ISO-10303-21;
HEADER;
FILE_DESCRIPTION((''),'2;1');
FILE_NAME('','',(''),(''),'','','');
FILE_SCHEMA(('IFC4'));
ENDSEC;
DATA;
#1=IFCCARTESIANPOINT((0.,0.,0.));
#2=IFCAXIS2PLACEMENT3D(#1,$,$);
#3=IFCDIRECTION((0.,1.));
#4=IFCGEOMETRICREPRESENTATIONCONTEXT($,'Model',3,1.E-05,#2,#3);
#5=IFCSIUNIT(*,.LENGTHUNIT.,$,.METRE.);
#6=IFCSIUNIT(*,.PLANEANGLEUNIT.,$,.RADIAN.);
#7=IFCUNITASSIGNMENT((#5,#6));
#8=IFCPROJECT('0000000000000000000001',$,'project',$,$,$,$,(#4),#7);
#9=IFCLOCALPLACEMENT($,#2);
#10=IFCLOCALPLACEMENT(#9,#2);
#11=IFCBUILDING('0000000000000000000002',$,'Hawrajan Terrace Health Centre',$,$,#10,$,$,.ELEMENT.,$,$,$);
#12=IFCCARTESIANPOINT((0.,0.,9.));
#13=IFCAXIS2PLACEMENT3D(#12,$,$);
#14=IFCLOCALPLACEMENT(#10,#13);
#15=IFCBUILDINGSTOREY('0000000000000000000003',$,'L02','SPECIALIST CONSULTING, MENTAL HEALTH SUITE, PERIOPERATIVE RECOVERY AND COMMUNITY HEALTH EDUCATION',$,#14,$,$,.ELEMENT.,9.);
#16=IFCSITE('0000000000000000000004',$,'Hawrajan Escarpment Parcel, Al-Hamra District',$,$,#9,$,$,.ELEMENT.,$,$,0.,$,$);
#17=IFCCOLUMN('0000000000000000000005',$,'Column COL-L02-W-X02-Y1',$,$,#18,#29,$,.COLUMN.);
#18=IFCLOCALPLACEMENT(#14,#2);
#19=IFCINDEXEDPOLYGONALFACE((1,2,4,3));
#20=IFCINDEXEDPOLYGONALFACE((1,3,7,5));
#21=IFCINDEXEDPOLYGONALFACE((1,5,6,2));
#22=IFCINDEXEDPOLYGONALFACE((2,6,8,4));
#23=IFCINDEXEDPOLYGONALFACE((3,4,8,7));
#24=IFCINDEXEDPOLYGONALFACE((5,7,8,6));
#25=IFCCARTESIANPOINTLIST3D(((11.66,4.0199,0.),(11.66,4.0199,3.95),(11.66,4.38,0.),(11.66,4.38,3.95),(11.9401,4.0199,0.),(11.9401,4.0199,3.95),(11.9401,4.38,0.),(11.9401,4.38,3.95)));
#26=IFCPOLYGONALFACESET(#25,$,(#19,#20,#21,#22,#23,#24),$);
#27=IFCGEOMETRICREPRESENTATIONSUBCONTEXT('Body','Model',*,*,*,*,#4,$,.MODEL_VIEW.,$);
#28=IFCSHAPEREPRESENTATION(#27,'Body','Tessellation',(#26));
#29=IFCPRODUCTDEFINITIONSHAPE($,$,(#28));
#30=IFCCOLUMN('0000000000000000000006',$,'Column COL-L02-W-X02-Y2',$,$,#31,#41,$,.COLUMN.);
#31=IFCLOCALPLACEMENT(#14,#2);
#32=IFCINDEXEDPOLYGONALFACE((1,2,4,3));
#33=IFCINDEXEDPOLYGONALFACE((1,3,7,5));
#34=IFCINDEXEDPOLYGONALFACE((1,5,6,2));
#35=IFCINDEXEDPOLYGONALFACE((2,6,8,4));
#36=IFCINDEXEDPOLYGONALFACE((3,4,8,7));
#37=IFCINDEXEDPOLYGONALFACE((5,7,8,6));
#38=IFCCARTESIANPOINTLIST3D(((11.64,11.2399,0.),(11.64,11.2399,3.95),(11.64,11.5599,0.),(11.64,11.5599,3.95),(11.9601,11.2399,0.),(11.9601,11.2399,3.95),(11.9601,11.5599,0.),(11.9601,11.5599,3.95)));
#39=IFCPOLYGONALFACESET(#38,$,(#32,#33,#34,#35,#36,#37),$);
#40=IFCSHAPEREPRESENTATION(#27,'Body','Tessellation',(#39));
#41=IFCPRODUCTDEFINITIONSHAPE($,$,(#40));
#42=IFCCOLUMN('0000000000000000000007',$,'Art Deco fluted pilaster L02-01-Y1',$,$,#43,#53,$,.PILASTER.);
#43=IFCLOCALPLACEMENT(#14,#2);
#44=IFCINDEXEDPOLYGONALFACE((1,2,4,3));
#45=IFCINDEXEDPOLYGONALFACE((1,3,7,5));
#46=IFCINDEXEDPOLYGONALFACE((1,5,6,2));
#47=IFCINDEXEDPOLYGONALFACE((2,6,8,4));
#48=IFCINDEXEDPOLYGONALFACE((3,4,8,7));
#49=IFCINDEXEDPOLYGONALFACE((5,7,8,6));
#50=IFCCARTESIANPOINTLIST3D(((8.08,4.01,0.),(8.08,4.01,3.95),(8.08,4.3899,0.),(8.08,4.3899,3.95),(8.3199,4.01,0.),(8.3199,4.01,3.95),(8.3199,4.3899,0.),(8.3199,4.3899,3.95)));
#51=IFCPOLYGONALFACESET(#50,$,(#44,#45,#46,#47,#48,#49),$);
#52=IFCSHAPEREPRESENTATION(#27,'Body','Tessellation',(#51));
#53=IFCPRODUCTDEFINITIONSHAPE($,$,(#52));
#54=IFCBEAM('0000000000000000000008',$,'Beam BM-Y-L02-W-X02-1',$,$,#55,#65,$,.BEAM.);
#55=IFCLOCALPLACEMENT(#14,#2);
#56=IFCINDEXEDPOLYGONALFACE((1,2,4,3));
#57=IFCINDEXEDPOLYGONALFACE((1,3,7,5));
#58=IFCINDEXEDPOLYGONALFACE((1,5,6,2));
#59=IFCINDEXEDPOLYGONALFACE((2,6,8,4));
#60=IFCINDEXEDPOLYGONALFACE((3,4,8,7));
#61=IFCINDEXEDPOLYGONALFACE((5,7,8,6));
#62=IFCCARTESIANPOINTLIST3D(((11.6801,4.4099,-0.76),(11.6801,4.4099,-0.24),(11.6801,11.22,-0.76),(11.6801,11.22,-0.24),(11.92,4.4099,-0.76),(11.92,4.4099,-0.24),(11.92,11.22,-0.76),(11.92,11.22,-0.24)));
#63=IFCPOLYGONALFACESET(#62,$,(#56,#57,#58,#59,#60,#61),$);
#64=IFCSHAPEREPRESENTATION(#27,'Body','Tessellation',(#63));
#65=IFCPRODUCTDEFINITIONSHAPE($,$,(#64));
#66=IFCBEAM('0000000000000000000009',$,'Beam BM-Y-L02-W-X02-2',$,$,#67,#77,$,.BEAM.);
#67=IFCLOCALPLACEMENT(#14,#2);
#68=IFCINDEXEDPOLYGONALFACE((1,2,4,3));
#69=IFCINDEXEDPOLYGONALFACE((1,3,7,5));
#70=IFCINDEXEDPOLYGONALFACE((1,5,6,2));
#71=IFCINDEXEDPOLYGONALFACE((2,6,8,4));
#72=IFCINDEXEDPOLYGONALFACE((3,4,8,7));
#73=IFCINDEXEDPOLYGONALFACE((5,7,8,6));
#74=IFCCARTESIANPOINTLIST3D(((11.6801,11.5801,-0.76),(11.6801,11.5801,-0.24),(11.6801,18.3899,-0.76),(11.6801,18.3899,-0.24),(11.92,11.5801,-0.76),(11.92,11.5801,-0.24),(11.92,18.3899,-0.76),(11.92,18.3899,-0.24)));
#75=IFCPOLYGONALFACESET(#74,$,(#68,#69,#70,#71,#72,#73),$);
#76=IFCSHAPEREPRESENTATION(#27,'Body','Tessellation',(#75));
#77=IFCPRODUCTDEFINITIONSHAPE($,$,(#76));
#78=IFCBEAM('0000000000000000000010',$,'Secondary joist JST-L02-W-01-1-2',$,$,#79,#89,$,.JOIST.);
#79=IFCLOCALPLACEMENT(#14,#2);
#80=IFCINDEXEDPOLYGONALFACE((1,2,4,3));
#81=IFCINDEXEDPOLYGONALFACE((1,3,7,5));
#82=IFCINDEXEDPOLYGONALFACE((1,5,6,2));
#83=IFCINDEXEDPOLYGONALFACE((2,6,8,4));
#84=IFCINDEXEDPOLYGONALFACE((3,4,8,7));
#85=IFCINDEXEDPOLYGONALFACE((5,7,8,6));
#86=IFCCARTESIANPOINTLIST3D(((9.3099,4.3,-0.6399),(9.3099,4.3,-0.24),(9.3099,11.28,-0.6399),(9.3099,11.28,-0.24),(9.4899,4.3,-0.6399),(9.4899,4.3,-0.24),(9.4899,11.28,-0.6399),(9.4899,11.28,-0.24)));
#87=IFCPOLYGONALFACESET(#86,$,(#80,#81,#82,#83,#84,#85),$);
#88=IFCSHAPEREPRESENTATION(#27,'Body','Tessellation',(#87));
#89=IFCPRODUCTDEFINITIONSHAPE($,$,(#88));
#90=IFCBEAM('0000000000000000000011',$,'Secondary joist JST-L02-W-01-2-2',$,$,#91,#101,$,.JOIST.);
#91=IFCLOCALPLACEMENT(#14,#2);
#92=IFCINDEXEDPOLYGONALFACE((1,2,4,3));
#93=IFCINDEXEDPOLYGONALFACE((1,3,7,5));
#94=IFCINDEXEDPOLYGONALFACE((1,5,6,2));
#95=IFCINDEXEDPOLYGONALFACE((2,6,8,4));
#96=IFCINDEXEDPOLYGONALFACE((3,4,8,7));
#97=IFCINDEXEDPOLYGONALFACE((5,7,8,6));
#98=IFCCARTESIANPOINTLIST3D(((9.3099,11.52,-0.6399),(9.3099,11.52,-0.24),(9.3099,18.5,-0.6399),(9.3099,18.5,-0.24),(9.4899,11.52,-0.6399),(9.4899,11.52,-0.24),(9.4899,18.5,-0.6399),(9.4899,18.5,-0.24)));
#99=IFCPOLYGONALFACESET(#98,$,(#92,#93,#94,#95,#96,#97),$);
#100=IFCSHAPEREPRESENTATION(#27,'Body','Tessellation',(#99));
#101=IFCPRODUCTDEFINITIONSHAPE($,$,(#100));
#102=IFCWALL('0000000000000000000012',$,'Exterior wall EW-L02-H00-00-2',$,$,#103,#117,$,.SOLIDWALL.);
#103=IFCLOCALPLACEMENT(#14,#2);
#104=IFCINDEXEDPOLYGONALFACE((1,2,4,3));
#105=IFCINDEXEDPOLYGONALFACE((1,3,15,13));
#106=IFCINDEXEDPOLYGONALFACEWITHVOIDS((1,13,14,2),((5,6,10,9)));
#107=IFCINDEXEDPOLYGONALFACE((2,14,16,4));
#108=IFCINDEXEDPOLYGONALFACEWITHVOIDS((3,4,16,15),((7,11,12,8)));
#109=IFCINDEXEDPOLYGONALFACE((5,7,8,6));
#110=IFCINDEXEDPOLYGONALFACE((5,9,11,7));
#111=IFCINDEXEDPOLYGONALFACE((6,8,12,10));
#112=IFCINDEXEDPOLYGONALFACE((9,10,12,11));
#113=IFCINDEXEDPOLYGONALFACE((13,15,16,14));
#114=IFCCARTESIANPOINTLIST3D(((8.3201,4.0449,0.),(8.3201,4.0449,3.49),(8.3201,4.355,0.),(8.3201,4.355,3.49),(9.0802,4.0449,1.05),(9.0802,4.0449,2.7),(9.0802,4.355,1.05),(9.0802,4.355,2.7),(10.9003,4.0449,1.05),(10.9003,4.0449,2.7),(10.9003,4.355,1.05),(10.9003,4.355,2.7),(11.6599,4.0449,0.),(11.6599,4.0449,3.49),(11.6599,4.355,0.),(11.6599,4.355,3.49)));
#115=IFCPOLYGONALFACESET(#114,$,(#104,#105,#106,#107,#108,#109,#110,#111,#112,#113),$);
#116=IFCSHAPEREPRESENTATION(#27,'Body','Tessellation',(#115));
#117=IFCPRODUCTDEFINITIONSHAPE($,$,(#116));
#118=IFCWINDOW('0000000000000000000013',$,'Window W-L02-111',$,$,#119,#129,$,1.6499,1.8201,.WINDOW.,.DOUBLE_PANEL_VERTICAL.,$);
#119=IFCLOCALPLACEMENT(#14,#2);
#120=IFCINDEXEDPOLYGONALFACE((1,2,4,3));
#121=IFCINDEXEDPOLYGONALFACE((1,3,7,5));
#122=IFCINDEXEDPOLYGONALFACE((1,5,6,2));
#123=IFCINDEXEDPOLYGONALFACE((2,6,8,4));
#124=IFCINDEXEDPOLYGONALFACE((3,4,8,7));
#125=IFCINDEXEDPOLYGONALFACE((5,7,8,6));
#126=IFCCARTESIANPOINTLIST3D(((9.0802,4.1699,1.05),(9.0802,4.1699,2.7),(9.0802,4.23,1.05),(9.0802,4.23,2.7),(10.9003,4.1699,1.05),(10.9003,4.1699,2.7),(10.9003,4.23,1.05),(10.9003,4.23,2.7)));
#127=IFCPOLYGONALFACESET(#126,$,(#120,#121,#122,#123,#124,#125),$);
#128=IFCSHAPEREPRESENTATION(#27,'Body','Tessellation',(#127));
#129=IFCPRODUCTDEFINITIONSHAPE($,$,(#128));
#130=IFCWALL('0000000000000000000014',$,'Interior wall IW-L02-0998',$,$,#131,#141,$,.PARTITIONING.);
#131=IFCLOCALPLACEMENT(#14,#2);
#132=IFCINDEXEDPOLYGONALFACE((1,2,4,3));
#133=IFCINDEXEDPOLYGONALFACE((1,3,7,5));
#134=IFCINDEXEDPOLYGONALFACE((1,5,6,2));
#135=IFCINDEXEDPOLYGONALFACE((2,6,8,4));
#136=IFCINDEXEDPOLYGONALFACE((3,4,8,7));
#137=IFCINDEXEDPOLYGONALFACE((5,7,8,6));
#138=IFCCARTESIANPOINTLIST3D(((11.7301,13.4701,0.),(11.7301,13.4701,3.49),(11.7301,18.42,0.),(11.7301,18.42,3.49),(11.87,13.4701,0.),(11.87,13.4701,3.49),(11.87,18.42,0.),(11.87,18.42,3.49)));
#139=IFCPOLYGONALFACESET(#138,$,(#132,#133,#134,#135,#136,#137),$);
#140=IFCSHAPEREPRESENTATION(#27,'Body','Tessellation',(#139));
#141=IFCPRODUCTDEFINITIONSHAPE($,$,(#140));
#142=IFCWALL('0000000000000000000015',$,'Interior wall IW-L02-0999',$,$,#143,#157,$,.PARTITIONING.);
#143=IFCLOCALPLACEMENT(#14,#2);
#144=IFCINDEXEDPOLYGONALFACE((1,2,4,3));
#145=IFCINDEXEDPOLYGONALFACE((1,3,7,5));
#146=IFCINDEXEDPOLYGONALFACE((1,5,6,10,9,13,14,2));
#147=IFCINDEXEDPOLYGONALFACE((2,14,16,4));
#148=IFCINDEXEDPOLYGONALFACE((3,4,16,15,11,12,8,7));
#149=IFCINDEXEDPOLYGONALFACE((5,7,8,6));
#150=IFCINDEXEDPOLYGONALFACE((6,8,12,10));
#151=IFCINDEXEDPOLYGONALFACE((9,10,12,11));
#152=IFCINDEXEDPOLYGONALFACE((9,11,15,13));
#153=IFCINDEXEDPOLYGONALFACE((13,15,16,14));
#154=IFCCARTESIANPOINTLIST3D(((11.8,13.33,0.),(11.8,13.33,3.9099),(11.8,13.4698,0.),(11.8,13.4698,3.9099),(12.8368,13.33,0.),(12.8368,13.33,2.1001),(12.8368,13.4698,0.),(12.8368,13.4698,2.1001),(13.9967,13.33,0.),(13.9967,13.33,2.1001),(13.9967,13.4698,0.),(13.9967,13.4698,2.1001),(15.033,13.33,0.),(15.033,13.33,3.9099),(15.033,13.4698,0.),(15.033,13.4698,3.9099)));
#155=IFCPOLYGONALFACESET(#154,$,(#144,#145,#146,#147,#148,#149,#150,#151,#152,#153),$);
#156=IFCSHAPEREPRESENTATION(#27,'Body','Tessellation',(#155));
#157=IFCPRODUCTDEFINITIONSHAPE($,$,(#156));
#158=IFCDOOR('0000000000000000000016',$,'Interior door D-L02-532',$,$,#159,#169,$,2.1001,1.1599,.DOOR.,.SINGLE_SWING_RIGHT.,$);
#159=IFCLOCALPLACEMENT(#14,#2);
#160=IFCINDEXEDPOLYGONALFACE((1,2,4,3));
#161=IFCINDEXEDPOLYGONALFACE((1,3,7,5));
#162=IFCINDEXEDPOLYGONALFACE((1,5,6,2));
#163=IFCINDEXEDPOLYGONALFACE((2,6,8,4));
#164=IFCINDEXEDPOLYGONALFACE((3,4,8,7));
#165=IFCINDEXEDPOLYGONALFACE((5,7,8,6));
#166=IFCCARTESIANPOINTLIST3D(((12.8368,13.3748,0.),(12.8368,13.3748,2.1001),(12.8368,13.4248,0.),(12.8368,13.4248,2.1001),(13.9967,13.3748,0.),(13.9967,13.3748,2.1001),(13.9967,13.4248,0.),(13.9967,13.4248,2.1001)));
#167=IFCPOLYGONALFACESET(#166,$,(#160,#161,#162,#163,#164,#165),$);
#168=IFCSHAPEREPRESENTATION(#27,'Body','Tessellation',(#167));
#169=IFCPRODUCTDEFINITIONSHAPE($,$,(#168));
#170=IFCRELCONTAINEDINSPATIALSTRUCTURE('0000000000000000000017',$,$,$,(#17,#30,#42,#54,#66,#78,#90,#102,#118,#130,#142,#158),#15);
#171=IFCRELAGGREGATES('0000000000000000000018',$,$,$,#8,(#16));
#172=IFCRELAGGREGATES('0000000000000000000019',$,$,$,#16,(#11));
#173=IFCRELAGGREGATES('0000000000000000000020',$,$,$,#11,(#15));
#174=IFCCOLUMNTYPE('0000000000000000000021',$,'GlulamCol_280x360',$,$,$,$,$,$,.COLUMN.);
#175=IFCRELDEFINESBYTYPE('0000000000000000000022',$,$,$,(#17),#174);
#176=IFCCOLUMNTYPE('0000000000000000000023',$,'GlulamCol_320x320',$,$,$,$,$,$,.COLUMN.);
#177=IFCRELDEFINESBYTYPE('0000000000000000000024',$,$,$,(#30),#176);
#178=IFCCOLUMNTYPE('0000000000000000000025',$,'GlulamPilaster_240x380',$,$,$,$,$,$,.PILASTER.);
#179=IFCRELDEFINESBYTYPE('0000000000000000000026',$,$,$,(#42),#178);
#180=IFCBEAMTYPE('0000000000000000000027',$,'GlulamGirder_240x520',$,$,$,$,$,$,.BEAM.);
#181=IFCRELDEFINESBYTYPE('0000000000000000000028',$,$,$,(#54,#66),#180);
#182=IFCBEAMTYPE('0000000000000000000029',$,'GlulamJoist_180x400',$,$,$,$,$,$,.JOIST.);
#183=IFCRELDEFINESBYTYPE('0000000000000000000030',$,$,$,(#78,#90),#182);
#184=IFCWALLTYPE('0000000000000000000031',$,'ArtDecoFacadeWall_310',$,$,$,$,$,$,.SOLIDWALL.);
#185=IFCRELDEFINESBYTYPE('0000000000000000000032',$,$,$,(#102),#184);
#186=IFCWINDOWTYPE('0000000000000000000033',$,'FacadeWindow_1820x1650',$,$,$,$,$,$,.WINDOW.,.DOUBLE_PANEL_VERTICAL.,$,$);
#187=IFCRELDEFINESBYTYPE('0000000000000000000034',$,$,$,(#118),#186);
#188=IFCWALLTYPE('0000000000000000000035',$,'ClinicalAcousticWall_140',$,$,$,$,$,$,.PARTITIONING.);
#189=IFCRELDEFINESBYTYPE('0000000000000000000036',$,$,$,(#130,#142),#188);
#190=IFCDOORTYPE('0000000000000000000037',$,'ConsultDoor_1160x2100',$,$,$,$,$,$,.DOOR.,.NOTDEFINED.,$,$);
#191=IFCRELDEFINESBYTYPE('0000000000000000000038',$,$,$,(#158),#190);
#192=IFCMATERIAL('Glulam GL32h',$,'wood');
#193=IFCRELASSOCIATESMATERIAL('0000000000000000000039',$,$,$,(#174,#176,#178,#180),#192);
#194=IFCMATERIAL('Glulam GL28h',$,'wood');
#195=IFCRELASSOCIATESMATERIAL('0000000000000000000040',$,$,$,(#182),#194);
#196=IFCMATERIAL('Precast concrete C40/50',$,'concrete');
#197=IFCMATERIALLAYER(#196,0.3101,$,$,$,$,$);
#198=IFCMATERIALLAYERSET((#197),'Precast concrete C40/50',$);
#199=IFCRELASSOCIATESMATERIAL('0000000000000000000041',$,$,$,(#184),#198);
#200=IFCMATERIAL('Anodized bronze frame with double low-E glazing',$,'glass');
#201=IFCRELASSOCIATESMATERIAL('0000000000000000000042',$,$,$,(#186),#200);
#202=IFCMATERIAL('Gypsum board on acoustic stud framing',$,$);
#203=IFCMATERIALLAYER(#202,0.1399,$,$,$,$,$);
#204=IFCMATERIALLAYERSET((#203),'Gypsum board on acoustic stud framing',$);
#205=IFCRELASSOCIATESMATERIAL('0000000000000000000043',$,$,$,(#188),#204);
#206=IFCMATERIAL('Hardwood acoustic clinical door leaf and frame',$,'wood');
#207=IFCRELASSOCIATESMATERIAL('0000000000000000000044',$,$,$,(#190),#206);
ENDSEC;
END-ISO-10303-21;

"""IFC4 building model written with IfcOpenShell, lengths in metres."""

from ifc_helpers import new_model, si_unit, direction, frame, frame_2d, origin, origin_2d, place, context, subcontext, project, spatial, rectangle, extrude, material, layer, layer_set, material_profile, profile_set, type_object, element, fill, save


model = new_model("IFC4")

# Units and contexts
model_context = context("Model", 3, precision=1e-05, world=origin(), true_north=direction((0.0, 1.0)))
body_context = subcontext(model_context, "Body", "Model", "MODEL_VIEW")
ifc_project = project(units=[si_unit("LENGTHUNIT", "METRE"), si_unit("PLANEANGLEUNIT", "RADIAN")], contexts=[model_context])

# Site, building, storey
site_placement = place(None, origin())
site = spatial("IfcSite", under=ifc_project, at=site_placement, Name="Hawrajan Escarpment Parcel, Al-Hamra District", CompositionType="ELEMENT", RefElevation=0.0)
building_placement = place(site_placement, origin())
building = spatial("IfcBuilding", under=site, at=building_placement, Name="Hawrajan Terrace Health Centre", CompositionType="ELEMENT")
storey_placement = place(building_placement, frame((0.0, 0.0, 9.0)))
storey = spatial("IfcBuildingStorey", under=building, at=storey_placement, Name="L02", Description="SPECIALIST CONSULTING, MENTAL HEALTH SUITE, PERIOPERATIVE RECOVERY AND COMMUNITY HEALTH EDUCATION", CompositionType="ELEMENT", Elevation=9.0)

# Columns
ifc_material_1 = material(Name="Glulam GL32h", Category="wood")
ifc_material_profile_1 = material_profile(ifc_material_1, rectangle(XDim=0.28, YDim=0.3601, at=origin_2d()), Name="GL 280x360")
ifc_profile_set_1 = profile_set([ifc_material_profile_1], Name="Glulam GL32h")
column_type_1 = type_object("IfcColumnType", Name="GlulamCol_280x360", PredefinedType="COLUMN", material=ifc_profile_set_1)
column_1_placement = place(storey_placement, frame((11.8, 4.2, 0.0), z_axis=(0.0, 0.0, 1.0), x_axis=(1.0, 0.0, 0.0)))
element("IfcColumn", 1, at=column_1_placement, inside=storey, type_object=column_type_1, Name="Column COL-L02-W-X02-Y1", PredefinedType="COLUMN", context=body_context, shape_type="SweptSolid", body=[
    extrude(rectangle(XDim=0.28, YDim=0.3601, at=origin_2d()), origin(), (0.0, 0.0, 1.0), 3.95),
])
ifc_material_profile_2 = material_profile(ifc_material_1, rectangle(XDim=0.3201, YDim=0.3201, at=origin_2d()), Name="GL 320x320")
ifc_profile_set_2 = profile_set([ifc_material_profile_2], Name="Glulam GL32h")
column_type_2 = type_object("IfcColumnType", Name="GlulamCol_320x320", PredefinedType="COLUMN", material=ifc_profile_set_2)
column_2_placement = place(storey_placement, frame((11.8, 11.3999, 0.0), z_axis=(0.0, 0.0, 1.0), x_axis=(1.0, 0.0, 0.0)))
element("IfcColumn", 2, at=column_2_placement, inside=storey, type_object=column_type_2, Name="Column COL-L02-W-X02-Y2", PredefinedType="COLUMN", context=body_context, shape_type="SweptSolid", body=[
    extrude(rectangle(XDim=0.3201, YDim=0.3201, at=origin_2d()), origin(), (0.0, 0.0, 1.0), 3.95),
])
ifc_material_profile_3 = material_profile(ifc_material_1, rectangle(XDim=0.24, YDim=0.3799, at=origin_2d()), Name="GL PIL 240x380")
ifc_profile_set_3 = profile_set([ifc_material_profile_3], Name="Glulam GL32h")
column_type_3 = type_object("IfcColumnType", Name="GlulamPilaster_240x380", PredefinedType="PILASTER", material=ifc_profile_set_3)
column_3_placement = place(storey_placement, frame((8.2, 4.2, 0.0), z_axis=(0.0, 0.0, 1.0), x_axis=(1.0, 0.0, 0.0)))
element("IfcColumn", 3, at=column_3_placement, inside=storey, type_object=column_type_3, Name="Art Deco fluted pilaster L02-01-Y1", PredefinedType="PILASTER", context=body_context, shape_type="SweptSolid", body=[
    extrude(rectangle(XDim=0.24, YDim=0.3799, at=origin_2d()), origin(), (0.0, 0.0, 1.0), 3.95),
])

# Beams
ifc_material_profile_4 = material_profile(ifc_material_1, rectangle(XDim=0.24, YDim=0.52, at=origin_2d()), Name="GL BM 240x520")
ifc_profile_set_4 = profile_set([ifc_material_profile_4], Name="Glulam GL32h")
beam_type_1 = type_object("IfcBeamType", Name="GlulamGirder_240x520", PredefinedType="BEAM", material=ifc_profile_set_4)
beam_1_placement = place(storey_placement, frame((11.8, 4.4099, -0.5), z_axis=(0.0, 1.0, 0.0), x_axis=(-1.0, 0.0, 0.0)))
element("IfcBeam", 4, at=beam_1_placement, inside=storey, type_object=beam_type_1, Name="Beam BM-Y-L02-W-X02-1", PredefinedType="BEAM", context=body_context, shape_type="SweptSolid", body=[
    extrude(rectangle(XDim=0.24, YDim=0.52, at=origin_2d()), origin(), (0.0, 0.0, 1.0), 6.8101),
])
beam_2_placement = place(storey_placement, frame((11.8, 11.5801, -0.5), z_axis=(0.0, 1.0, 0.0), x_axis=(-1.0, 0.0, 0.0)))
element("IfcBeam", 5, at=beam_2_placement, inside=storey, type_object=beam_type_1, Name="Beam BM-Y-L02-W-X02-2", PredefinedType="BEAM", context=body_context, shape_type="SweptSolid", body=[
    extrude(rectangle(XDim=0.24, YDim=0.52, at=origin_2d()), origin(), (0.0, 0.0, 1.0), 6.8098),
])
ifc_material_2 = material(Name="Glulam GL28h", Category="wood")
ifc_material_profile_5 = material_profile(ifc_material_2, rectangle(XDim=0.1799, YDim=0.3999, at=origin_2d()), Name="GL JST 180x400")
ifc_profile_set_5 = profile_set([ifc_material_profile_5], Name="Glulam GL28h")
beam_type_2 = type_object("IfcBeamType", Name="GlulamJoist_180x400", PredefinedType="JOIST", material=ifc_profile_set_5)
for number, where, z_axis, x_axis, name in (
    (6, (9.3999, 4.3, -0.4399), (0.0, 1.0, 0.0), (-1.0, 0.0, 0.0), "Secondary joist JST-L02-W-01-1-2"),
    (7, (9.3999, 11.52, -0.4399), (0.0, 1.0, 0.0), (-1.0, 0.0, 0.0), "Secondary joist JST-L02-W-01-2-2"),
):
    element("IfcBeam", number, at=place(storey_placement, frame(where, z_axis=z_axis, x_axis=x_axis)), inside=storey, type_object=beam_type_2, Name=name, PredefinedType="JOIST", context=body_context, shape_type="SweptSolid", body=[
        extrude(rectangle(XDim=0.1799, YDim=0.3999, at=origin_2d()), origin(), (0.0, 0.0, 1.0), 6.98),
    ])

# Wall, opening, window
ifc_material_3 = material(Name="Precast concrete C40/50", Category="concrete")
ifc_layer_1 = layer(ifc_material_3, 0.3101)
ifc_layer_set_1 = layer_set([ifc_layer_1], Name="Precast concrete C40/50")
wall_type_1 = type_object("IfcWallType", Name="ArtDecoFacadeWall_310", PredefinedType="SOLIDWALL", material=ifc_layer_set_1)
wall_1_placement = place(storey_placement, frame((8.3201, 4.2, 0.0), z_axis=(0.0, 0.0, 1.0), x_axis=(1.0, 0.0, 0.0)))
wall_1 = element("IfcWall", 8, at=wall_1_placement, inside=storey, type_object=wall_type_1, Name="Exterior wall EW-L02-H00-00-2", PredefinedType="SOLIDWALL", context=body_context, shape_type="SweptSolid", body=[
    extrude(rectangle(XDim=3.3398, YDim=0.3101, at=frame_2d((1.6699, 0.0))), origin(), (0.0, 0.0, 1.0), 3.49),
])
opening_1_placement = place(wall_1_placement, frame((0.76, 0.0, 1.05)))
opening_1 = element("IfcOpeningElement", 9, at=opening_1_placement, cuts=wall_1, PredefinedType="OPENING", context=body_context, shape_type="SweptSolid", body=[
    extrude(rectangle(XDim=1.8201, YDim=1.6499, at=frame_2d((0.9102, 0.825))), frame((0.0, 0.165, 0.0), z_axis=(0.0, -1.0, 0.0), x_axis=(1.0, 0.0, 0.0)), (0.0, 0.0, 1.0), 0.3301),
])
ifc_material_4 = material(Name="Anodized bronze frame with double low-E glazing", Category="glass")
window_type = type_object("IfcWindowType", Name="FacadeWindow_1820x1650", PartitioningType="DOUBLE_PANEL_VERTICAL", PredefinedType="WINDOW", material=ifc_material_4)
window_placement = place(opening_1_placement, origin())
window = element("IfcWindow", 10, at=window_placement, inside=storey, type_object=window_type, Name="Window W-L02-111", OverallHeight=1.6499, OverallWidth=1.8201, PartitioningType="DOUBLE_PANEL_VERTICAL", PredefinedType="WINDOW", context=body_context, shape_type="SweptSolid", body=[
    extrude(rectangle(XDim=1.8201, YDim=1.6499, at=frame_2d((0.9102, 0.825))), frame((0.0, 0.03, 0.0), z_axis=(0.0, -1.0, 0.0), x_axis=(1.0, 0.0, 0.0)), (0.0, 0.0, 1.0), 0.0601),
])
fill(opening_1, window)

# Wall
ifc_material_5 = material(Name="Gypsum board on acoustic stud framing")
ifc_layer_2 = layer(ifc_material_5, 0.1399)
ifc_layer_set_2 = layer_set([ifc_layer_2], Name="Gypsum board on acoustic stud framing")
wall_type_2 = type_object("IfcWallType", Name="ClinicalAcousticWall_140", PredefinedType="PARTITIONING", material=ifc_layer_set_2)
wall_2_placement = place(storey_placement, frame((11.8, 13.47, 0.0), z_axis=(0.0, 0.0, 1.0), x_axis=(0.0, 1.0, 0.0)))
element("IfcWall", 11, at=wall_2_placement, inside=storey, type_object=wall_type_2, Name="Interior wall IW-L02-0998", PredefinedType="PARTITIONING", context=body_context, shape_type="SweptSolid", body=[
    extrude(rectangle(XDim=4.95, YDim=0.1399, at=frame_2d((2.4751, 0.0))), origin(), (0.0, 0.0, 1.0), 3.49),
])

# Wall, opening, door
wall_3_placement = place(storey_placement, frame((11.8, 13.3999, 0.0), z_axis=(0.0, 0.0, 1.0), x_axis=(1.0, 0.0, 0.0)))
wall_3 = element("IfcWall", 12, at=wall_3_placement, inside=storey, type_object=wall_type_2, Name="Interior wall IW-L02-0999", PredefinedType="PARTITIONING", context=body_context, shape_type="SweptSolid", body=[
    extrude(rectangle(XDim=3.2329, YDim=0.1399, at=frame_2d((1.6165, 0.0))), origin(), (0.0, 0.0, 1.0), 3.9099),
])
opening_2_placement = place(wall_3_placement, frame((1.0366, 0.0, 0.0)))
opening_2 = element("IfcOpeningElement", 13, at=opening_2_placement, cuts=wall_3, PredefinedType="OPENING", context=body_context, shape_type="SweptSolid", body=[
    extrude(rectangle(XDim=1.1599, YDim=2.1001, at=frame_2d((0.5801, 1.05))), frame((0.0, 0.0798, 0.0), z_axis=(0.0, -1.0, 0.0), x_axis=(1.0, 0.0, 0.0)), (0.0, 0.0, 1.0), 0.1599),
])
ifc_material_6 = material(Name="Hardwood acoustic clinical door leaf and frame", Category="wood")
door_type_1 = type_object("IfcDoorType", Name="ConsultDoor_1160x2100", OperationType="NOTDEFINED", PredefinedType="DOOR", material=ifc_material_6)
door_1_placement = place(opening_2_placement, origin())
door_1 = element("IfcDoor", 14, at=door_1_placement, inside=storey, type_object=door_type_1, Name="Interior door D-L02-532", OperationType="SINGLE_SWING_RIGHT", OverallHeight=2.1001, OverallWidth=1.1599, PredefinedType="DOOR", context=body_context, shape_type="SweptSolid", body=[
    extrude(rectangle(XDim=1.1599, YDim=2.1001, at=frame_2d((0.5801, 1.05))), frame((0.0, 0.0249, 0.0), z_axis=(0.0, -1.0, 0.0), x_axis=(1.0, 0.0, 0.0)), (0.0, 0.0, 1.0), 0.05),
])
fill(opening_2, door_1)

save(model, "model.ifc")
